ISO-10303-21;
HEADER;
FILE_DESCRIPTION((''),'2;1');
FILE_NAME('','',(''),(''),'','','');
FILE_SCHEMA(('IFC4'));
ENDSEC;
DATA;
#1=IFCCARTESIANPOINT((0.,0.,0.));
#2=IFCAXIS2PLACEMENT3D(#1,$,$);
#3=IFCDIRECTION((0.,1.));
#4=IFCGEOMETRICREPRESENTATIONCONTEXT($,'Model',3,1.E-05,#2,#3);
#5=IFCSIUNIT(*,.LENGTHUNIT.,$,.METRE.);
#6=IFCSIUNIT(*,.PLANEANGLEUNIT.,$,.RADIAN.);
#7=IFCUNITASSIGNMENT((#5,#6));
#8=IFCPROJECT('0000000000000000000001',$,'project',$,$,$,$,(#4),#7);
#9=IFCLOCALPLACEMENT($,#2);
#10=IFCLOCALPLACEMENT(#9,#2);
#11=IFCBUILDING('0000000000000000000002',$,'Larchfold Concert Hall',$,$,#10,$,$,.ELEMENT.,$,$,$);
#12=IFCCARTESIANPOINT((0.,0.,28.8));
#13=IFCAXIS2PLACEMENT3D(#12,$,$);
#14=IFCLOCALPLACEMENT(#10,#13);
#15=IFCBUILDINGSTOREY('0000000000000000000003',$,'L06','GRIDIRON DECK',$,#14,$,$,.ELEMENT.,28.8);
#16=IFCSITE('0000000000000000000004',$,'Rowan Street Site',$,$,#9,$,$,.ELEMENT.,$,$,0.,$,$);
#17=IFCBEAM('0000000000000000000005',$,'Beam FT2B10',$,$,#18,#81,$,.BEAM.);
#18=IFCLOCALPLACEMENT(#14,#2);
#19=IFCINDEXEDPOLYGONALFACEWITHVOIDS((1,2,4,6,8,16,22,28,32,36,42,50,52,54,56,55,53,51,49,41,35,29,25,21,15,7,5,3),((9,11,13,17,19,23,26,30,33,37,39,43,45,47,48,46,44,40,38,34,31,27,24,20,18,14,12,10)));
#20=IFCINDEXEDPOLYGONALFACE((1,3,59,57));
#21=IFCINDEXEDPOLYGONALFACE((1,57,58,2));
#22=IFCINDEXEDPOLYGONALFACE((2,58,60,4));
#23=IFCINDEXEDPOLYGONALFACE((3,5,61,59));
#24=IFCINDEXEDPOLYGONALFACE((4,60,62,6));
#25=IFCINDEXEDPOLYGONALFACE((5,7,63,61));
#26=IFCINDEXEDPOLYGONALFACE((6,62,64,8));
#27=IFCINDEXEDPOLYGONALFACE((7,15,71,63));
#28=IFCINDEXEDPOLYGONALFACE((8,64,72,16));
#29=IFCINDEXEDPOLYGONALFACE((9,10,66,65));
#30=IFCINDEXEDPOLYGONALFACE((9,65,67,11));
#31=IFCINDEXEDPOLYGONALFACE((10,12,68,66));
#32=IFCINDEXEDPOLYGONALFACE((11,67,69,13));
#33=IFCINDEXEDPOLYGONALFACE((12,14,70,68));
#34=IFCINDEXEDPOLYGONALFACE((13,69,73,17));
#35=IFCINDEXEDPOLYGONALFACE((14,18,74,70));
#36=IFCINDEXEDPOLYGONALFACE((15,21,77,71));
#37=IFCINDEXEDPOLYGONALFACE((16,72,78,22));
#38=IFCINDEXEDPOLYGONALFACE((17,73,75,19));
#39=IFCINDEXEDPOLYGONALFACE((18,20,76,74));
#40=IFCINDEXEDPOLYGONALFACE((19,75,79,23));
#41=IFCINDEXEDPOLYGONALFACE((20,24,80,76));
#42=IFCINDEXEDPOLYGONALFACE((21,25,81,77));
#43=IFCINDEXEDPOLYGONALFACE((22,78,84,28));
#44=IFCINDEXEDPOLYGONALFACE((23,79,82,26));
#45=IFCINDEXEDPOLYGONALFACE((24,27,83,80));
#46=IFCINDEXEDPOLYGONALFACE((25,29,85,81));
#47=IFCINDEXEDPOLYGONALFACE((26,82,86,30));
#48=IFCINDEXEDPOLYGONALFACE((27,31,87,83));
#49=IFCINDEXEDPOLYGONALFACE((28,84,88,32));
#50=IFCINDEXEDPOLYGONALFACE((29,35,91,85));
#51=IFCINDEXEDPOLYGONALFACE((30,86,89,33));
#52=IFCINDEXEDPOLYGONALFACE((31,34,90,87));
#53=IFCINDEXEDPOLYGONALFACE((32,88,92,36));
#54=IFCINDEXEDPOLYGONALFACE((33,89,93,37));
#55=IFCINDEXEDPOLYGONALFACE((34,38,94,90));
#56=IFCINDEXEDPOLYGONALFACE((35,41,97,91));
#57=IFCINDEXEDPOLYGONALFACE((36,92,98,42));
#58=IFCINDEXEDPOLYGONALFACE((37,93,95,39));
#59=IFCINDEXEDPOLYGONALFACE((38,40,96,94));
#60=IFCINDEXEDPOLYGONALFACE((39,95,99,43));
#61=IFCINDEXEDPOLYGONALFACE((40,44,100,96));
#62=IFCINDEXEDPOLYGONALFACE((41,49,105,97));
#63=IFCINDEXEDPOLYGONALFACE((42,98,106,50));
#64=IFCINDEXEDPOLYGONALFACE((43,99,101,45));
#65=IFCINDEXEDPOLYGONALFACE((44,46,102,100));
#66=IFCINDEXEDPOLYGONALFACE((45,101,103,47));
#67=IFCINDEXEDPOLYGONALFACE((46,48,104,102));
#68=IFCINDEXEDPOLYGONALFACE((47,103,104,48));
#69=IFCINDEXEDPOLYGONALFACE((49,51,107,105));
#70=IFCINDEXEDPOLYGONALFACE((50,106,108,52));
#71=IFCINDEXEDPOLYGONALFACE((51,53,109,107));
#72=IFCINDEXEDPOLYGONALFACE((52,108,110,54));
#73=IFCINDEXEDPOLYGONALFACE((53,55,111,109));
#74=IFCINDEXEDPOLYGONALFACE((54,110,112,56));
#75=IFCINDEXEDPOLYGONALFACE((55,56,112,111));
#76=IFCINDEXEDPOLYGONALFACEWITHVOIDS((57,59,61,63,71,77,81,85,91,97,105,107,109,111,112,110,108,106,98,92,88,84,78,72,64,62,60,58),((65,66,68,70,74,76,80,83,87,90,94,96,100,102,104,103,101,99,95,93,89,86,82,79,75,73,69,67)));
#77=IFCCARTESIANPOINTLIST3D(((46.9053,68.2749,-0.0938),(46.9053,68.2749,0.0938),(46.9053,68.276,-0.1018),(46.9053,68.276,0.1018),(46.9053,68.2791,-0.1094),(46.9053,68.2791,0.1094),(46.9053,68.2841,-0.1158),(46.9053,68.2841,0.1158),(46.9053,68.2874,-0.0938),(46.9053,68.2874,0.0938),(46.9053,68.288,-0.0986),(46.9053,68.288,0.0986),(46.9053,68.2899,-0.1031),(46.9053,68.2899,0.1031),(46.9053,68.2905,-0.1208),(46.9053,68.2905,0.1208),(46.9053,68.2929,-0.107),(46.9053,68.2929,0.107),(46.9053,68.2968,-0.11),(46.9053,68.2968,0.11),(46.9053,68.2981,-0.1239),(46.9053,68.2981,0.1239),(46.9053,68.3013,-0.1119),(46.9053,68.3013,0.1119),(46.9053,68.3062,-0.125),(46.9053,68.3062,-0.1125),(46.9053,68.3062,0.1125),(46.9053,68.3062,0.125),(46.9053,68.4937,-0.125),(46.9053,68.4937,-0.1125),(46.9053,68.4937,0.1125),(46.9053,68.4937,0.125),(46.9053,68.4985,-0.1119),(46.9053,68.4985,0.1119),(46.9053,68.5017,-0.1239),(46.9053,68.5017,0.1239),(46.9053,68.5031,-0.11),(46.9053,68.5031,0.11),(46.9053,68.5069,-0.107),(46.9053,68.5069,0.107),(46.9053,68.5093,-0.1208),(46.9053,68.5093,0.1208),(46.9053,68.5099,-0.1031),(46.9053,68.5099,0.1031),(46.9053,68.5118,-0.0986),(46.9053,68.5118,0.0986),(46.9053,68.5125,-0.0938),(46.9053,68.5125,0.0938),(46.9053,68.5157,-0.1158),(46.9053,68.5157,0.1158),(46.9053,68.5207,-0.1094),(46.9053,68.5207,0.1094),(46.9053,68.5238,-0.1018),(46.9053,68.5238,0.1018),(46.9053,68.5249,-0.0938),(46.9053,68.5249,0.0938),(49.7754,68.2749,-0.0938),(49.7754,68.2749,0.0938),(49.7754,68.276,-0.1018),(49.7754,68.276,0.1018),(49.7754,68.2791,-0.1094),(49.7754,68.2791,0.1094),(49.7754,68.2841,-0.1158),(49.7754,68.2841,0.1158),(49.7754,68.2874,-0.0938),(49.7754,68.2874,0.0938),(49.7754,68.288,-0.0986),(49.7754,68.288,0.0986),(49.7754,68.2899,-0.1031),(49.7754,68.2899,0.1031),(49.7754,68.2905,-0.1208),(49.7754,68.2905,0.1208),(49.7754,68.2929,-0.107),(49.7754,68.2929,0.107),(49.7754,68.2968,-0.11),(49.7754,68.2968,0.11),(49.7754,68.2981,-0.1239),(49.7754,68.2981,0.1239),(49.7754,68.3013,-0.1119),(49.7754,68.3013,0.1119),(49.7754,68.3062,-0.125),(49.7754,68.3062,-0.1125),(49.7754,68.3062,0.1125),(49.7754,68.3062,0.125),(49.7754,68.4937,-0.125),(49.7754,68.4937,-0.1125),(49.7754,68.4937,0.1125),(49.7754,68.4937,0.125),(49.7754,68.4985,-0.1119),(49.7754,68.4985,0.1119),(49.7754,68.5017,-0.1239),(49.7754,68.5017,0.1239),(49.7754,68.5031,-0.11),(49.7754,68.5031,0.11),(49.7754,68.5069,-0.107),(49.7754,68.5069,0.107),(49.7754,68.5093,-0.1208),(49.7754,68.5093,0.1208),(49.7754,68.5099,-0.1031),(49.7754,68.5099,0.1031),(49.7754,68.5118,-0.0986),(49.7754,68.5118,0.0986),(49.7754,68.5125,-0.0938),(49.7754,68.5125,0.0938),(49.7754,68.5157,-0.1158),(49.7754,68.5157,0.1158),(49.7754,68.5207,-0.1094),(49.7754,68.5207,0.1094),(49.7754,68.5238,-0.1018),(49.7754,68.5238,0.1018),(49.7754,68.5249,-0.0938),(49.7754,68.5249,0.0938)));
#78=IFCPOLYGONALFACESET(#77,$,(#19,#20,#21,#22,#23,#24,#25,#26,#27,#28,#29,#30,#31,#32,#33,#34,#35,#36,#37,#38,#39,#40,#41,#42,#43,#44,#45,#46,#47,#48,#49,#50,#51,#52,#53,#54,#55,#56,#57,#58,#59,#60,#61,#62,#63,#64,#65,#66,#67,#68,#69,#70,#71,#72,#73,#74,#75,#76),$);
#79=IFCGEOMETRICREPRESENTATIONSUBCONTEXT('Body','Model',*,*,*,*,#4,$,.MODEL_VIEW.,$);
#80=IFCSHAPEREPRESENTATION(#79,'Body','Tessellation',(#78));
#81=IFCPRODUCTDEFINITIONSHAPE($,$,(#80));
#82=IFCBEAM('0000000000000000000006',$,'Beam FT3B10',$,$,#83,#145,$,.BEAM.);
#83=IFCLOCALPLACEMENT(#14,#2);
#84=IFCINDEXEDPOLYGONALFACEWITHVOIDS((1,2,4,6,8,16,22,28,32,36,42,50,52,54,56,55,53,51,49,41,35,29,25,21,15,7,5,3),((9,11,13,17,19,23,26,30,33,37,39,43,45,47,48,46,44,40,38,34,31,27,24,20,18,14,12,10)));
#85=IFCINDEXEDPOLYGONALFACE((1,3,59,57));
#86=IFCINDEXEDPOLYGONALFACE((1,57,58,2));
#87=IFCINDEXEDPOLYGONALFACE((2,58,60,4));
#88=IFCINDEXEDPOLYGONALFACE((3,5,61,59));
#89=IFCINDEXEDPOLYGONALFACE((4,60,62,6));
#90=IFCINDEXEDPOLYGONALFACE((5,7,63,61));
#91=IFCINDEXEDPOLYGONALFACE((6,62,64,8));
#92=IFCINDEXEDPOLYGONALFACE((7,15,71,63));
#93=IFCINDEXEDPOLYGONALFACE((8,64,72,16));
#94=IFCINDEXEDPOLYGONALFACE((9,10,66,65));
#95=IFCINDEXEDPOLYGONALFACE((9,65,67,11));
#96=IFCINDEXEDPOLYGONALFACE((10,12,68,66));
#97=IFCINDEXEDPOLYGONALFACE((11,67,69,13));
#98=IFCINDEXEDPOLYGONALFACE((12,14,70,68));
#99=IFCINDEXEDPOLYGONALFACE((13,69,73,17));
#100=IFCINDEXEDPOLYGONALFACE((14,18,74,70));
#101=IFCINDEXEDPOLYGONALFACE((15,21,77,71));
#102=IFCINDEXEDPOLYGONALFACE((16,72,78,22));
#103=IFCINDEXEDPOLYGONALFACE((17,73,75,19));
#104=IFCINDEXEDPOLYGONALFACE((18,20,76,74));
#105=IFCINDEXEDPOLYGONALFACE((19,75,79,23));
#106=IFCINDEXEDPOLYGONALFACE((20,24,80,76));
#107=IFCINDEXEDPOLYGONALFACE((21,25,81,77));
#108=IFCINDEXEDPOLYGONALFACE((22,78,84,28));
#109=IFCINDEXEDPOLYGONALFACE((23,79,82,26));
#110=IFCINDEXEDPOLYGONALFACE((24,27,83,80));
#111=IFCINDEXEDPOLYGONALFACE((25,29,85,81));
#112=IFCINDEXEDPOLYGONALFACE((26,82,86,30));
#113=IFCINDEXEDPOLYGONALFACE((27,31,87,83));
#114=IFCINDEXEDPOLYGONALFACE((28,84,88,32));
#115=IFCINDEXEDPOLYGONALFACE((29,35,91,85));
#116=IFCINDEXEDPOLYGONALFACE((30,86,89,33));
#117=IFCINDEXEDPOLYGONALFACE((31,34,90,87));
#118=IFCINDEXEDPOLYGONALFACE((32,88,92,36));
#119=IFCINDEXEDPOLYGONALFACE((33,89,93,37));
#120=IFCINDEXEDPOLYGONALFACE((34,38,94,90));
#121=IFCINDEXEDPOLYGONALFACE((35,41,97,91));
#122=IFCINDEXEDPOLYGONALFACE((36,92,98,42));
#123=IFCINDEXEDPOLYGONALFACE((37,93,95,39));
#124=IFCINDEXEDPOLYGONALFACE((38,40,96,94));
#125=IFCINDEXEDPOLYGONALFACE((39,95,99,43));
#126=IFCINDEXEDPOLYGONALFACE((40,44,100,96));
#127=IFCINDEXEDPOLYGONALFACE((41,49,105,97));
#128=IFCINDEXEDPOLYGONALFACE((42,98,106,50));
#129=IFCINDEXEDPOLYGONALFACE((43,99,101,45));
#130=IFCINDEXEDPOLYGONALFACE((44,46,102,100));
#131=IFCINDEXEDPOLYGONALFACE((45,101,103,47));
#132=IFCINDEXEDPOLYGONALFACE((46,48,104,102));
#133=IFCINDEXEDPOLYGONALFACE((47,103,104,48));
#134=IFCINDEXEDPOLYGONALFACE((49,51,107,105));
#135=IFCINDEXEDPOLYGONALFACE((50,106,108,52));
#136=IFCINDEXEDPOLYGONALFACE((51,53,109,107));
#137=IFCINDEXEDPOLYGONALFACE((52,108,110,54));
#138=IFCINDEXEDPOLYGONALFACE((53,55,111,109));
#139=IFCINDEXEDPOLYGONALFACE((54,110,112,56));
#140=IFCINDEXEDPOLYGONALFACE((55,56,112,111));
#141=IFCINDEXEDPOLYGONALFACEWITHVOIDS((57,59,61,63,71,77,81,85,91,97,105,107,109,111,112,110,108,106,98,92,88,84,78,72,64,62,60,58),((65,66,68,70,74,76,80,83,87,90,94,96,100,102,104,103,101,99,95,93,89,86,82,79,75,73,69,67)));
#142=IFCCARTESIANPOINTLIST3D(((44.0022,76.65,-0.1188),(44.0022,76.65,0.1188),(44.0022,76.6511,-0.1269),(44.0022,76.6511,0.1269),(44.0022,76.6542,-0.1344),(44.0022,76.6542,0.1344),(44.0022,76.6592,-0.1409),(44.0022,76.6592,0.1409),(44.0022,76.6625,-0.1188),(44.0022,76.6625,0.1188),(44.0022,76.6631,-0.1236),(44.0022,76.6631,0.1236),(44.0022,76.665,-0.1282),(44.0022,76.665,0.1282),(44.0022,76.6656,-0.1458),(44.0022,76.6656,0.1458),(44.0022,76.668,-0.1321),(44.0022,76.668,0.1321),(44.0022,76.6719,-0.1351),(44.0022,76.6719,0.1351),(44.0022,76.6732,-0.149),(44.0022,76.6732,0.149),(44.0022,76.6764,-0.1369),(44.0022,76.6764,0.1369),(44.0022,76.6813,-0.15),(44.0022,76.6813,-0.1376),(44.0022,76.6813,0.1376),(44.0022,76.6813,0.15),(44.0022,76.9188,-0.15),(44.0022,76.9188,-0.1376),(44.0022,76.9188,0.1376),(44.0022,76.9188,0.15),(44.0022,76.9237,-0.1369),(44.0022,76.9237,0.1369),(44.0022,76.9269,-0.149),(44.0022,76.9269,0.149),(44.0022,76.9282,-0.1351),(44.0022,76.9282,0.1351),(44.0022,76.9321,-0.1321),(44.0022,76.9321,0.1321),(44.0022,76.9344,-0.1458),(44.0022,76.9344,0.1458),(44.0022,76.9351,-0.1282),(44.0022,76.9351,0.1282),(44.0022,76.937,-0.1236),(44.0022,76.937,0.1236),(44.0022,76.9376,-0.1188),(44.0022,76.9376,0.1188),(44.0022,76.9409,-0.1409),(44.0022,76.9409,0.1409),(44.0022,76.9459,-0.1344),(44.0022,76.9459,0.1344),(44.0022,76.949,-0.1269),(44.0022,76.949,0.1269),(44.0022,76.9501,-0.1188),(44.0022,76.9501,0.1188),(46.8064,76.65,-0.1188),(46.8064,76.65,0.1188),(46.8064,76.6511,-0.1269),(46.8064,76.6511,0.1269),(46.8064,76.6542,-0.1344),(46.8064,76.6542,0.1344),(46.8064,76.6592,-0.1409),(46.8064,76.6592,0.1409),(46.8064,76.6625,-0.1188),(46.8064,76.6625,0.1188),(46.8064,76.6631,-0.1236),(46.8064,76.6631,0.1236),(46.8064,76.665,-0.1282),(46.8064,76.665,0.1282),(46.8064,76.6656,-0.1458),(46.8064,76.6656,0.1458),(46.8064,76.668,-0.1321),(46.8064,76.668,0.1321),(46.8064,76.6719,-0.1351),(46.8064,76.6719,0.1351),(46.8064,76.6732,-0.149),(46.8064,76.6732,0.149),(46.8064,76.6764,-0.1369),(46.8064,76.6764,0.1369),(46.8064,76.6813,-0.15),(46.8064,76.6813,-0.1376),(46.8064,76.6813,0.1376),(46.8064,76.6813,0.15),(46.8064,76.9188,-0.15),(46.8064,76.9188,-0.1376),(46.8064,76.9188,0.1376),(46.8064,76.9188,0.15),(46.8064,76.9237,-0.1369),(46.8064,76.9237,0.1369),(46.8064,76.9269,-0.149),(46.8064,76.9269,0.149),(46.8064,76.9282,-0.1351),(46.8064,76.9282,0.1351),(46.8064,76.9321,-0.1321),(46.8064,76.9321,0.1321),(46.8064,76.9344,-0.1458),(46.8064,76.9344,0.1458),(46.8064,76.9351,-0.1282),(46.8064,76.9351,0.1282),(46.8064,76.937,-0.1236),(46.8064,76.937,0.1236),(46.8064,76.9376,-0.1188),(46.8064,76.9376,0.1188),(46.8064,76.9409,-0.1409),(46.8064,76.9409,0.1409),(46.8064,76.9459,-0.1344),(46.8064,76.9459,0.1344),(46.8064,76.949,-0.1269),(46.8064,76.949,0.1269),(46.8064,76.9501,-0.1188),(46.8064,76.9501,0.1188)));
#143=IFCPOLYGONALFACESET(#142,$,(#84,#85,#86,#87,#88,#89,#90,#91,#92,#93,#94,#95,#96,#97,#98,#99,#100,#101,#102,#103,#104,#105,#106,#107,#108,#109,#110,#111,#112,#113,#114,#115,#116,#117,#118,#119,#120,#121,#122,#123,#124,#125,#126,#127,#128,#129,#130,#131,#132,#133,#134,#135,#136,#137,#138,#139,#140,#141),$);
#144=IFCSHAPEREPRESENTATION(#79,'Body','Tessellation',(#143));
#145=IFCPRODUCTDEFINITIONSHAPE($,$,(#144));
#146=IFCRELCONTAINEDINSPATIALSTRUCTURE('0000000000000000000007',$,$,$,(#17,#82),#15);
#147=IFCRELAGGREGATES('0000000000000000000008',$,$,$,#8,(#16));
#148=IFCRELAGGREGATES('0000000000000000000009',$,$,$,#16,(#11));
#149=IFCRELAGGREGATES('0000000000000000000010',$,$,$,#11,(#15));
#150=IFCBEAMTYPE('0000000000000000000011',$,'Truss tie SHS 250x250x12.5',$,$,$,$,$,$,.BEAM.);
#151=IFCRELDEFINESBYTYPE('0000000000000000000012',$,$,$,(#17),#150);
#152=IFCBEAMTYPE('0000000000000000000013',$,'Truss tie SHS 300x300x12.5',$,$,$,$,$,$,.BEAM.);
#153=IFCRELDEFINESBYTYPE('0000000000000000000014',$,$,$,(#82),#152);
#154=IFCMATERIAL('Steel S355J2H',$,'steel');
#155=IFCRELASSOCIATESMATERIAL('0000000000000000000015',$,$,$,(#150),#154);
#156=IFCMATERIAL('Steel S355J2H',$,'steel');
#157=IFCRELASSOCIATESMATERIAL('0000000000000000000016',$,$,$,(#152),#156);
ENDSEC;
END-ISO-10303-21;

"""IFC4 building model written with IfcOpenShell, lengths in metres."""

from ifc_helpers import new_model, si_unit, direction, frame, origin, origin_2d, place, context, subcontext, project, spatial, hollow_rectangle, extrude, material, material_profile, profile_set, type_object, element, save


model = new_model("IFC4")

# Units and contexts
model_context = context("Model", 3, precision=1e-05, world=origin(), true_north=direction((0.0, 1.0)))
body_context = subcontext(model_context, "Body", "Model", "MODEL_VIEW")
ifc_project = project(units=[si_unit("LENGTHUNIT", "METRE"), si_unit("PLANEANGLEUNIT", "RADIAN")], contexts=[model_context])

# Site, building, storey
site_placement = place(None, origin())
site = spatial("IfcSite", under=ifc_project, at=site_placement, Name="Rowan Street Site", CompositionType="ELEMENT", RefElevation=0.0)
building_placement = place(site_placement, origin())
building = spatial("IfcBuilding", under=site, at=building_placement, Name="Larchfold Concert Hall", CompositionType="ELEMENT")
storey_placement = place(building_placement, frame((0.0, 0.0, 28.8)))
storey = spatial("IfcBuildingStorey", under=building, at=storey_placement, Name="L06", Description="GRIDIRON DECK", CompositionType="ELEMENT", Elevation=28.8)

# Beams
ifc_material_1 = material(Name="Steel S355J2H", Category="steel")
ifc_material_profile_1 = material_profile(ifc_material_1, hollow_rectangle(XDim=0.25, YDim=0.25, WallThickness=0.0125, InnerFilletRadius=0.0188, OuterFilletRadius=0.0312, at=origin_2d()))
ifc_profile_set_1 = profile_set([ifc_material_profile_1], Name="Steel S355J2H")
beam_type_1 = type_object("IfcBeamType", Name="Truss tie SHS 250x250x12.5", PredefinedType="BEAM", material=ifc_profile_set_1)
beam_1_placement = place(storey_placement, frame((46.9053, 68.3999, 0.0), z_axis=(1.0, 0.0, 0.0), x_axis=(0.0, 1.0, 0.0)))
element("IfcBeam", 1, at=beam_1_placement, inside=storey, type_object=beam_type_1, Name="Beam FT2B10", PredefinedType="BEAM", context=body_context, shape_type="SweptSolid", body=[
    extrude(hollow_rectangle(XDim=0.25, YDim=0.25, WallThickness=0.0125, InnerFilletRadius=0.0188, OuterFilletRadius=0.0312, at=origin_2d()), origin(), (0.0, 0.0, 1.0), 2.8701),
])
ifc_material_2 = material(Name="Steel S355J2H", Category="steel")
ifc_material_profile_2 = material_profile(ifc_material_2, hollow_rectangle(XDim=0.3, YDim=0.3, WallThickness=0.0125, InnerFilletRadius=0.0188, OuterFilletRadius=0.0312, at=origin_2d()))
ifc_profile_set_2 = profile_set([ifc_material_profile_2], Name="Steel S355J2H")
beam_type_2 = type_object("IfcBeamType", Name="Truss tie SHS 300x300x12.5", PredefinedType="BEAM", material=ifc_profile_set_2)
for number, where, z_axis, x_axis, name in (
    (2, (44.0022, 76.8, 0.0), (1.0, 0.0, 0.0), (0.0, 1.0, 0.0), "Beam FT3B10"),
):
    element("IfcBeam", number, at=place(storey_placement, frame(where, z_axis=z_axis, x_axis=x_axis)), inside=storey, type_object=beam_type_2, Name=name, PredefinedType="BEAM", context=body_context, shape_type="SweptSolid", body=[
        extrude(hollow_rectangle(XDim=0.3, YDim=0.3, WallThickness=0.0125, InnerFilletRadius=0.0188, OuterFilletRadius=0.0312, at=origin_2d()), origin(), (0.0, 0.0, 1.0), 2.8042),
    ])

save(model, "model.ifc")
